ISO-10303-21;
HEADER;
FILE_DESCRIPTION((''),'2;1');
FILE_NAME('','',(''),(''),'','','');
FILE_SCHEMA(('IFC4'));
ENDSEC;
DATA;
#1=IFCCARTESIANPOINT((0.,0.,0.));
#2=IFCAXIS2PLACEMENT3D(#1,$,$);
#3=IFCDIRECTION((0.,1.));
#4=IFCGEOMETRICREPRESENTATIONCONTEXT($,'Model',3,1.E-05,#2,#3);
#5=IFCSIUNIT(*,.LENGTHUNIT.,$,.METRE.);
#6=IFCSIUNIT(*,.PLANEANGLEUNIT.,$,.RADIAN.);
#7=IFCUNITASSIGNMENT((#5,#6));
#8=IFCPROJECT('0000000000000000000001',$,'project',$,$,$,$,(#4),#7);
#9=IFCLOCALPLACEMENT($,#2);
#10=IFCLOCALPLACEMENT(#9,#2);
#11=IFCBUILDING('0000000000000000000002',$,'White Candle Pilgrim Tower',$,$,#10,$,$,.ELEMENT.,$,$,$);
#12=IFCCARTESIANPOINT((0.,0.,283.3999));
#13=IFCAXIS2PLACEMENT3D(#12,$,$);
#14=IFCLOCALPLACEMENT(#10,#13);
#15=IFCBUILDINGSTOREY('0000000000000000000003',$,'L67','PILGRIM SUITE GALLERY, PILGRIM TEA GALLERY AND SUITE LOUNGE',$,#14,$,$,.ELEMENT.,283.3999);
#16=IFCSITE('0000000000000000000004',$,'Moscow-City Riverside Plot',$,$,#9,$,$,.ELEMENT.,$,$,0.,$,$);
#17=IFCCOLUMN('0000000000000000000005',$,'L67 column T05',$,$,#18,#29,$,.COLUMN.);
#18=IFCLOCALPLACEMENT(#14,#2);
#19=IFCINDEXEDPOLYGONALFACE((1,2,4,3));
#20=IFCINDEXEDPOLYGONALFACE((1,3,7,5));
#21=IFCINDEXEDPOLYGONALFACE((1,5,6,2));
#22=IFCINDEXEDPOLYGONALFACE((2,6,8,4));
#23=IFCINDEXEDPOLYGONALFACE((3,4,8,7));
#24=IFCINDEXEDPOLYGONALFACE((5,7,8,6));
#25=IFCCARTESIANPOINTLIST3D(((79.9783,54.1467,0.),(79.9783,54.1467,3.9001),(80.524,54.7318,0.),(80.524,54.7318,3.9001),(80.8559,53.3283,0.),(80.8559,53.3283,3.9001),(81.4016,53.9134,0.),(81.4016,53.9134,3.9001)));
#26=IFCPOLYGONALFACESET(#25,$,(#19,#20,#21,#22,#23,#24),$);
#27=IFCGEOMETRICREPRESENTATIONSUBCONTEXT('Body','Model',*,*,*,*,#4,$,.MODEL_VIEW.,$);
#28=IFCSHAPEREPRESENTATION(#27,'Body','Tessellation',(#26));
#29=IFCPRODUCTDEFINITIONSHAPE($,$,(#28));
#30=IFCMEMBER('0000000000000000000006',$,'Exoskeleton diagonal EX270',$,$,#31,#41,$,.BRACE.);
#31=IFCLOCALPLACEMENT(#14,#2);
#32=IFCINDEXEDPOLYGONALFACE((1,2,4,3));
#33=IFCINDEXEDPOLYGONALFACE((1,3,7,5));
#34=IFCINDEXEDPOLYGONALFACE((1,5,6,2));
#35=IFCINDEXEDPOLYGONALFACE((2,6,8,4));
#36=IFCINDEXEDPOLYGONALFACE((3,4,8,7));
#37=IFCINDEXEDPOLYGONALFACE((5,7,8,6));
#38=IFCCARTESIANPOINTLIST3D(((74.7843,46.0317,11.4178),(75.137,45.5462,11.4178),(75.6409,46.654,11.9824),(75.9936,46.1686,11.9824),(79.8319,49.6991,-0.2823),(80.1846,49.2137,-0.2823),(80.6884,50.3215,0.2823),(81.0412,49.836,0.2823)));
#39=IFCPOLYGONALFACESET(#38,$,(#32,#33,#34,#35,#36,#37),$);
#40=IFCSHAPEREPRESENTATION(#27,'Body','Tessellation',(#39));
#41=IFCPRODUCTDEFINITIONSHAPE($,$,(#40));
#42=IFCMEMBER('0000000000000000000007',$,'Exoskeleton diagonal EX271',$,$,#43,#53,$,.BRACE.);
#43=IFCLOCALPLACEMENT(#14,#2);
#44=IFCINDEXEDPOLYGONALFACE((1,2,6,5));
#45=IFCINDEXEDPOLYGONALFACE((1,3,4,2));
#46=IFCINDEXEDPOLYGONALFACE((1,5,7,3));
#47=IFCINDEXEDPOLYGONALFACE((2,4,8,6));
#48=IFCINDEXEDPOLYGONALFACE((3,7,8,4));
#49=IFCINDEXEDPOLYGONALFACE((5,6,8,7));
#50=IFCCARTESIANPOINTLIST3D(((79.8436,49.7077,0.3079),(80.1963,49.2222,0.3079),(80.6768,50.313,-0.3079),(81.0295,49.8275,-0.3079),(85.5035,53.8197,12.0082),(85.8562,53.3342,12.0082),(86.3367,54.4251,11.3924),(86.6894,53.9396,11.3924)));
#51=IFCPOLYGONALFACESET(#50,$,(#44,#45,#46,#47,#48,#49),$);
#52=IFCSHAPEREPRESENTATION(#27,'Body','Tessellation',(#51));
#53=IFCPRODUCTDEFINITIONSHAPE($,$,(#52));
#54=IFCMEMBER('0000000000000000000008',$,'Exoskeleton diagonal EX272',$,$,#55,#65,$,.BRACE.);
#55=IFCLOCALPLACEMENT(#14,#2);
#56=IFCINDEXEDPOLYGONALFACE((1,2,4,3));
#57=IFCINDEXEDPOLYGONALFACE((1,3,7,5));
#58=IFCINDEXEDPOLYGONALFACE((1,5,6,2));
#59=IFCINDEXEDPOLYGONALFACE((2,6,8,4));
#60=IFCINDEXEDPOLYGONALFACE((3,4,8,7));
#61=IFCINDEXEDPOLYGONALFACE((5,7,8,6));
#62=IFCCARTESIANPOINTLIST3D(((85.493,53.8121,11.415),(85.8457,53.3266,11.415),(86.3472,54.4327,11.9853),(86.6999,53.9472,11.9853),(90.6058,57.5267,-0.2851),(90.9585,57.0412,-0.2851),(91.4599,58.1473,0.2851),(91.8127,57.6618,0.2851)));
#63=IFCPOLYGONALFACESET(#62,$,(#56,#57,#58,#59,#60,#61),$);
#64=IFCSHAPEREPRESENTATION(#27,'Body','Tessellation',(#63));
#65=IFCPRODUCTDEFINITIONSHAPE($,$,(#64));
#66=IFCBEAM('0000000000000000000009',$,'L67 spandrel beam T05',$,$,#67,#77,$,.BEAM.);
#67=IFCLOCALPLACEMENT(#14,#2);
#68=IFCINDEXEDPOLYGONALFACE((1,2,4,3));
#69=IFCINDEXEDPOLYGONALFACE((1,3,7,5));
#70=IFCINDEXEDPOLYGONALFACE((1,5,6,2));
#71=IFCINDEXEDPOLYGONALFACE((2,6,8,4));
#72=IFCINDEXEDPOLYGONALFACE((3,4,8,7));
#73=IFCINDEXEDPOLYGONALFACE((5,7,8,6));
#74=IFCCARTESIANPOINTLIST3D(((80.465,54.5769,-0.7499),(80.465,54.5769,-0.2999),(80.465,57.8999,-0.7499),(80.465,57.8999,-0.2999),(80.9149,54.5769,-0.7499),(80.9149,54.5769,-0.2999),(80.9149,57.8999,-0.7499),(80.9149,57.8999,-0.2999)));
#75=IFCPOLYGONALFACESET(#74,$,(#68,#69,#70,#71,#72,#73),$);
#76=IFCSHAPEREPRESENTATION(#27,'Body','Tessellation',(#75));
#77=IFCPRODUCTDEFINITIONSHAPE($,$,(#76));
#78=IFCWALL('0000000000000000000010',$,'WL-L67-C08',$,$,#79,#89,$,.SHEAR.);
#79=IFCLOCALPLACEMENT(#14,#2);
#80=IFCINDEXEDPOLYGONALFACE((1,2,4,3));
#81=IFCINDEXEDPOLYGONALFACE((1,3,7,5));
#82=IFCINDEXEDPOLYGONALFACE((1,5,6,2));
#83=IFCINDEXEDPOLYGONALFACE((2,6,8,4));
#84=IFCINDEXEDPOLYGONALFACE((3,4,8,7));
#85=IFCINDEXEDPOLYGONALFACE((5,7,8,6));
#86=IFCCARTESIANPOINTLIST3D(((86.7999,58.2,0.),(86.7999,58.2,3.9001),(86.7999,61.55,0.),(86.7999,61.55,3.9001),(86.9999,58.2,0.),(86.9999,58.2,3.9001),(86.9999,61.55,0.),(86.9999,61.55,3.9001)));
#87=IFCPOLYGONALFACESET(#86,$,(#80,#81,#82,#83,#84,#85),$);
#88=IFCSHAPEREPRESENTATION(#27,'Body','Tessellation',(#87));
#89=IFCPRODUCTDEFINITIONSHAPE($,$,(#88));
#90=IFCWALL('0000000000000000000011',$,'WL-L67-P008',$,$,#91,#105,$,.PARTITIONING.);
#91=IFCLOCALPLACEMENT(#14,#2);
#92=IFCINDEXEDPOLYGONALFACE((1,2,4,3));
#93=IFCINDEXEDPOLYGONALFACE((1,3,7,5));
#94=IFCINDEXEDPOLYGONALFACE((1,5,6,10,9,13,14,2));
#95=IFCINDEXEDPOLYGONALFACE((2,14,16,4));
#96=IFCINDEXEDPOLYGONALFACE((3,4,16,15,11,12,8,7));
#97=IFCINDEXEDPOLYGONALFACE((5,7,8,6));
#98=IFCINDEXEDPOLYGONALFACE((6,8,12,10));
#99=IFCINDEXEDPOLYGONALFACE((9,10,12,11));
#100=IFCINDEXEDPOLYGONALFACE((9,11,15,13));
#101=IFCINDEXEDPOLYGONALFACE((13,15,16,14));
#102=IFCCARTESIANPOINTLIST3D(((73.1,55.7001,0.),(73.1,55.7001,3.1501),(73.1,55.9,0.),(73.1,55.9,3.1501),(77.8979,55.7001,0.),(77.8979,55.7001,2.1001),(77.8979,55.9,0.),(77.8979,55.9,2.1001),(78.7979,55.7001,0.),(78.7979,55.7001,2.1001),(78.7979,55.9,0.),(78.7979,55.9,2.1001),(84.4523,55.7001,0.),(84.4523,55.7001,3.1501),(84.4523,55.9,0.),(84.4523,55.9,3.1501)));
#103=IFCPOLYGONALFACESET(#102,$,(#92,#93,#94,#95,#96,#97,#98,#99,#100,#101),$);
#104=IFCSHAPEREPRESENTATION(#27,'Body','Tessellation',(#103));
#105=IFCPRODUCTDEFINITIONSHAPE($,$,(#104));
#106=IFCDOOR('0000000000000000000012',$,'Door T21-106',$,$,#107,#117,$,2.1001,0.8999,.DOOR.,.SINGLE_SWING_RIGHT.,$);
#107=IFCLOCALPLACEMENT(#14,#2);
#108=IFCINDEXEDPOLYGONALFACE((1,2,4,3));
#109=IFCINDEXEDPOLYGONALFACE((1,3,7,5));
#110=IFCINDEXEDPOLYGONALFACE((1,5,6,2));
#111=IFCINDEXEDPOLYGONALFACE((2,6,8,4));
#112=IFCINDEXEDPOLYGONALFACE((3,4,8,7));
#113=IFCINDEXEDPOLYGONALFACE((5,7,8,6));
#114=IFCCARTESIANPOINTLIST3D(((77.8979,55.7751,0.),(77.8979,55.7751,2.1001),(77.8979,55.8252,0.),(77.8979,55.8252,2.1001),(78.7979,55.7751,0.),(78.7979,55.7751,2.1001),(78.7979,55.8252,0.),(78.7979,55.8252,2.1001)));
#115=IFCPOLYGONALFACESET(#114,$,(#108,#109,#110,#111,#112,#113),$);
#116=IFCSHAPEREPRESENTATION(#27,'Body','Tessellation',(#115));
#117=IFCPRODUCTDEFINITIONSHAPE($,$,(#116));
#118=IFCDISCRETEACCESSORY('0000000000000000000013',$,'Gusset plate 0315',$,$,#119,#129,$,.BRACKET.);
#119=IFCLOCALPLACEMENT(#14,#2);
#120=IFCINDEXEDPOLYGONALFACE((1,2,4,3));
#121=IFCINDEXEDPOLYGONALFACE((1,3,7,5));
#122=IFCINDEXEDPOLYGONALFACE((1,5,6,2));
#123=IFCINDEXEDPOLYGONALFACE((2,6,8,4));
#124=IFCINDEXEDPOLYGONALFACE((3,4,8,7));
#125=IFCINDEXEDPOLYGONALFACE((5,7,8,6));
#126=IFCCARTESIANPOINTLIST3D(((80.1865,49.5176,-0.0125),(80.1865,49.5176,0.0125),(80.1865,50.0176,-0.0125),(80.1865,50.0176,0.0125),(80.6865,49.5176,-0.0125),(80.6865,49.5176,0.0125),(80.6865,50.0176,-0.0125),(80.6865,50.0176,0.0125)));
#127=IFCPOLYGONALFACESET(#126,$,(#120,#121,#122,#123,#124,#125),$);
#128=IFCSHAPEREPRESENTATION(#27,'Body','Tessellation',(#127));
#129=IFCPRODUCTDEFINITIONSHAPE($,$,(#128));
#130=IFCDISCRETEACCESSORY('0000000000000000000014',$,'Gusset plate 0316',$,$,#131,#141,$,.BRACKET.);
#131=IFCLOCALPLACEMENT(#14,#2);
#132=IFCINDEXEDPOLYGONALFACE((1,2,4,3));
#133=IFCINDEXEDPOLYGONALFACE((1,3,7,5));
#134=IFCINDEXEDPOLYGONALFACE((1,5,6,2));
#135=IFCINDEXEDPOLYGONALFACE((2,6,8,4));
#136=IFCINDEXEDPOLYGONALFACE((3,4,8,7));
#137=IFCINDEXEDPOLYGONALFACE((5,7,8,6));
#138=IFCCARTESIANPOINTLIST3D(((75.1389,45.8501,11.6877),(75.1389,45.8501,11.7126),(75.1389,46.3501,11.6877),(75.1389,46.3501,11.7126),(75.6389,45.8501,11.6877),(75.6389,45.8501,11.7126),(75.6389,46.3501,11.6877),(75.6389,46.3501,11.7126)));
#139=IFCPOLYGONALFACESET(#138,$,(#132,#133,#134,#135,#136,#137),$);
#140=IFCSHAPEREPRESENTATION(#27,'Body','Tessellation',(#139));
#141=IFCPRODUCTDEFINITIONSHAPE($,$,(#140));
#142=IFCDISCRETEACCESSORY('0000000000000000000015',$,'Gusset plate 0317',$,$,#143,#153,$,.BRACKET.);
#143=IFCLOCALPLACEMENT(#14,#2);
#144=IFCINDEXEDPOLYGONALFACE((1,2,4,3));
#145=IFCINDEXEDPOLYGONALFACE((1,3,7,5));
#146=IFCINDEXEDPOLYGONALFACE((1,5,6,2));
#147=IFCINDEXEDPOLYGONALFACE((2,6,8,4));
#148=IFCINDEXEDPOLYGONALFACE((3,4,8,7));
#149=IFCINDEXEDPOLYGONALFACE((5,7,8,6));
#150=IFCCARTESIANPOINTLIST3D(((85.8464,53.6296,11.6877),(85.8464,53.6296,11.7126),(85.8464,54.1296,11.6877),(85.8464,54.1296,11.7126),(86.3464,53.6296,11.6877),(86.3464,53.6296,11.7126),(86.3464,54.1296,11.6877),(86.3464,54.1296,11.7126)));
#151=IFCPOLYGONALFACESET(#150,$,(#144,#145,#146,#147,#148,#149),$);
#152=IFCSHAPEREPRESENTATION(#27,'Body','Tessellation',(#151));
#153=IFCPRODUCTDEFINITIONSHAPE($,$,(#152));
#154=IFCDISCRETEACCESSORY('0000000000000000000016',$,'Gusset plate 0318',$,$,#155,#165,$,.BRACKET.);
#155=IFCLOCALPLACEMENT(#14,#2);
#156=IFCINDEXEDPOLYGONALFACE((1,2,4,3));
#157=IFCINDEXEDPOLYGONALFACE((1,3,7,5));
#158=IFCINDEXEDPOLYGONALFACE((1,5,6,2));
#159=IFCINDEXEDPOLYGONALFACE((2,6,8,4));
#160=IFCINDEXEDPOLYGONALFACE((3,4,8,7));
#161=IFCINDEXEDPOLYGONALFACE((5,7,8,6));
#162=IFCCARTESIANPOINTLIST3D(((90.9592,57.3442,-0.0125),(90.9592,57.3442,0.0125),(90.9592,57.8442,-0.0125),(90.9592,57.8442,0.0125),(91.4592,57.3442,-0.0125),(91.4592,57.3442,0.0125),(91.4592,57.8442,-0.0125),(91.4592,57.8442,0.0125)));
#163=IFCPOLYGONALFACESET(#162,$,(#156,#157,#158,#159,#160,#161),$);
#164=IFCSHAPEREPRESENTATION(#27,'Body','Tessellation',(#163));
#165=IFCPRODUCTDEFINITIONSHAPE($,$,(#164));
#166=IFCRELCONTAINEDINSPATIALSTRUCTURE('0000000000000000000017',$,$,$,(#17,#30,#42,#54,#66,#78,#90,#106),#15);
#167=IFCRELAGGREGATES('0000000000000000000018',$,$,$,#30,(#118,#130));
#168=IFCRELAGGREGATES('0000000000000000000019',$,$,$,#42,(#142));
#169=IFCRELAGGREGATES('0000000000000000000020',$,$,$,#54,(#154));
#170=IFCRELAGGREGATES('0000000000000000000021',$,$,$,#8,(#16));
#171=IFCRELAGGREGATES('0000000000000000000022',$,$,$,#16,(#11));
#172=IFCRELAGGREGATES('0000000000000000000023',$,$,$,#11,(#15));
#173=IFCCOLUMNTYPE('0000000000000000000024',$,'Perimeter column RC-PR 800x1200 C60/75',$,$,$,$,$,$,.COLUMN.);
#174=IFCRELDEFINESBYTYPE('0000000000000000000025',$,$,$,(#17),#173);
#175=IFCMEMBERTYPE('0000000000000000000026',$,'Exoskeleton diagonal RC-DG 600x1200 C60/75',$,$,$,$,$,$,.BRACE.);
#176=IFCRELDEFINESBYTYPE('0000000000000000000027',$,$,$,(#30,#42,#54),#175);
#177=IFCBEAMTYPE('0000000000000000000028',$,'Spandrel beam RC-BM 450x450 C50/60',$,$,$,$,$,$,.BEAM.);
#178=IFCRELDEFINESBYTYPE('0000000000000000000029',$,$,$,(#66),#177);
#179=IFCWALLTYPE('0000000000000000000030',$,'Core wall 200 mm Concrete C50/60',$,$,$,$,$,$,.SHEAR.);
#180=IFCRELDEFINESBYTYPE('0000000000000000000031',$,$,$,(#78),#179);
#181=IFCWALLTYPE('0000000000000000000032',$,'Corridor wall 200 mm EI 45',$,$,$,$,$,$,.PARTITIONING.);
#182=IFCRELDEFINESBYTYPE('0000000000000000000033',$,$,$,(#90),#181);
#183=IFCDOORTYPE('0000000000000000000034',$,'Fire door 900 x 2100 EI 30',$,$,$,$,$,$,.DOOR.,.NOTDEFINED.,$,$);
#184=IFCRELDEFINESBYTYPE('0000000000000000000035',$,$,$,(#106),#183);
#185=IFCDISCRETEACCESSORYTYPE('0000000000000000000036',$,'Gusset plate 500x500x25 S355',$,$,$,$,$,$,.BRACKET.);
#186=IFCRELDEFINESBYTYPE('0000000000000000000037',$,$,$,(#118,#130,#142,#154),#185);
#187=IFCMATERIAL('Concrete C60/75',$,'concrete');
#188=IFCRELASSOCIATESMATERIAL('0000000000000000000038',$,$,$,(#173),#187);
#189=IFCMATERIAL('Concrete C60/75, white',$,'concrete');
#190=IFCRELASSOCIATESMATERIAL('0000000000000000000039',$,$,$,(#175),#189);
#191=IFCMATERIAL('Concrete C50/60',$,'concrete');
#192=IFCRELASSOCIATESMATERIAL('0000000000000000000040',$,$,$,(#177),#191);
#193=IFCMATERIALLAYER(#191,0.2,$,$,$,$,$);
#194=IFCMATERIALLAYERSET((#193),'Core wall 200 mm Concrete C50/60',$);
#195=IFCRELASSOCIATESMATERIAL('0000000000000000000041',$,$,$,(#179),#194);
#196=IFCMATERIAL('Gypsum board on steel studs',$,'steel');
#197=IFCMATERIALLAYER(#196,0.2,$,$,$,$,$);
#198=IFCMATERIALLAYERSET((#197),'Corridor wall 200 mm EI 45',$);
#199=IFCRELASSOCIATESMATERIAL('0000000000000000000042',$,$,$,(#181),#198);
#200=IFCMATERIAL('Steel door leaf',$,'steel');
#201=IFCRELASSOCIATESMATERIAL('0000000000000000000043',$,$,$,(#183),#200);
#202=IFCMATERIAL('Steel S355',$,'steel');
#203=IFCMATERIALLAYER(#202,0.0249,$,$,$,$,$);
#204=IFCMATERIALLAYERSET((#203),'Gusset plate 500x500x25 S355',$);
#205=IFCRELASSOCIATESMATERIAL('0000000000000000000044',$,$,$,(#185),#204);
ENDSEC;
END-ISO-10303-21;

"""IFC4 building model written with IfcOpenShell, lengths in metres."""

from ifc_helpers import new_model, si_unit, direction, frame, frame_2d, origin, origin_2d, place, context, subcontext, project, spatial, rectangle, extrude, material, layer, layer_set, material_profile, profile_set, type_object, element, fill, aggregate, save


model = new_model("IFC4")

# Units and contexts
model_context = context("Model", 3, precision=1e-05, world=origin(), true_north=direction((0.0, 1.0)))
body_context = subcontext(model_context, "Body", "Model", "MODEL_VIEW")
ifc_project = project(units=[si_unit("LENGTHUNIT", "METRE"), si_unit("PLANEANGLEUNIT", "RADIAN")], contexts=[model_context])

# Site, building, storey
site_placement = place(None, origin())
site = spatial("IfcSite", under=ifc_project, at=site_placement, Name="Moscow-City Riverside Plot", CompositionType="ELEMENT", RefElevation=0.0)
building_placement = place(site_placement, origin())
building = spatial("IfcBuilding", under=site, at=building_placement, Name="White Candle Pilgrim Tower", CompositionType="ELEMENT")
storey_placement = place(building_placement, frame((0.0, 0.0, 283.3999)))
storey = spatial("IfcBuildingStorey", under=building, at=storey_placement, Name="L67", Description="PILGRIM SUITE GALLERY, PILGRIM TEA GALLERY AND SUITE LOUNGE", CompositionType="ELEMENT", Elevation=283.3999)

# Column
ifc_material_1 = material(Name="Concrete C60/75", Category="concrete")
ifc_material_profile_1 = material_profile(ifc_material_1, rectangle(XDim=0.8, YDim=1.2, at=origin_2d()), Name="RC-PR 800x1200")
ifc_profile_set_1 = profile_set([ifc_material_profile_1], Name="Concrete C60/75")
column_type = type_object("IfcColumnType", Name="Perimeter column RC-PR 800x1200 C60/75", PredefinedType="COLUMN", material=ifc_profile_set_1)
column_placement = place(storey_placement, frame((80.6899, 54.03, 0.0), z_axis=(0.0, 0.0, 1.0), x_axis=(-0.681998, -0.731354, 0.0)))
element("IfcColumn", 1, at=column_placement, inside=storey, type_object=column_type, Name="L67 column T05", PredefinedType="COLUMN", context=body_context, shape_type="SweptSolid", body=[
    extrude(rectangle(XDim=0.8, YDim=1.2, at=origin_2d()), origin(), (0.0, 0.0, 1.0), 3.9001),
])

# Members
ifc_material_2 = material(Name="Concrete C60/75, white", Category="concrete")
ifc_material_profile_2 = material_profile(ifc_material_2, rectangle(XDim=0.6001, YDim=1.2, at=origin_2d()), Name="RC-DG 600x1200")
ifc_profile_set_2 = profile_set([ifc_material_profile_2], Name="Concrete C60/75, white")
member_type = type_object("IfcMemberType", Name="Exoskeleton diagonal RC-DG 600x1200 C60/75", PredefinedType="BRACE", material=ifc_profile_set_2)
member_1_placement = place(storey_placement, frame((80.4365, 49.7676, 0.0), z_axis=(-0.380669, -0.276586, 0.882378), x_axis=(0.587804, -0.809003, 0.0)))
member_1 = element("IfcMember", 2, at=member_1_placement, inside=storey, type_object=member_type, Name="Exoskeleton diagonal EX270", PredefinedType="BRACE", context=body_context, shape_type="SweptSolid", body=[
    extrude(rectangle(XDim=0.6001, YDim=1.2, at=origin_2d()), origin(), (0.0, 0.0, 1.0), 13.2598),
])
member_2_placement = place(storey_placement, frame((80.4365, 49.7676, 0.0), z_axis=(0.415185, 0.301642, 0.858273), x_axis=(-0.587775, 0.809024, 0.0)))
member_2 = element("IfcMember", 3, at=member_2_placement, inside=storey, type_object=member_type, Name="Exoskeleton diagonal EX271", PredefinedType="BRACE", context=body_context, shape_type="SweptSolid", body=[
    extrude(rectangle(XDim=0.6001, YDim=1.2, at=origin_2d()), origin(), (0.0, 0.0, 1.0), 13.6323),
])
member_3_placement = place(storey_placement, frame((91.2092, 57.5942, 0.0), z_axis=(-0.384482, -0.279338, 0.879855), x_axis=(0.587779, -0.809022, 0.0)))
member_3 = element("IfcMember", 4, at=member_3_placement, inside=storey, type_object=member_type, Name="Exoskeleton diagonal EX272", PredefinedType="BRACE", context=body_context, shape_type="SweptSolid", body=[
    extrude(rectangle(XDim=0.6001, YDim=1.2, at=origin_2d()), origin(), (0.0, 0.0, 1.0), 13.2979),
])

# Beam
ifc_material_3 = material(Name="Concrete C50/60", Category="concrete")
ifc_material_profile_3 = material_profile(ifc_material_3, rectangle(XDim=0.45, YDim=0.45, at=origin_2d()), Name="RC-BM 450x450")
ifc_profile_set_3 = profile_set([ifc_material_profile_3], Name="Concrete C50/60")
beam_type = type_object("IfcBeamType", Name="Spandrel beam RC-BM 450x450 C50/60", PredefinedType="BEAM", material=ifc_profile_set_3)
beam_placement = place(storey_placement, frame((80.6899, 54.5769, -0.5249), z_axis=(0.0, 1.0, 0.0), x_axis=(-1.0, 0.0, 0.0)))
element("IfcBeam", 5, at=beam_placement, inside=storey, type_object=beam_type, Name="L67 spandrel beam T05", PredefinedType="BEAM", context=body_context, shape_type="SweptSolid", body=[
    extrude(rectangle(XDim=0.45, YDim=0.45, at=origin_2d()), origin(), (0.0, 0.0, 1.0), 3.323),
])

# Wall
ifc_layer_1 = layer(ifc_material_3, 0.2)
ifc_layer_set_1 = layer_set([ifc_layer_1], Name="Core wall 200 mm Concrete C50/60")
wall_type_1 = type_object("IfcWallType", Name="Core wall 200 mm Concrete C50/60", PredefinedType="SHEAR", material=ifc_layer_set_1)
wall_1_placement = place(storey_placement, frame((86.8999, 58.2, 0.0), z_axis=(0.0, 0.0, 1.0), x_axis=(0.0, 1.0, 0.0)))
element("IfcWall", 6, at=wall_1_placement, inside=storey, type_object=wall_type_1, Name="WL-L67-C08", PredefinedType="SHEAR", context=body_context, shape_type="SweptSolid", body=[
    extrude(rectangle(XDim=3.3501, YDim=0.2, at=frame_2d((1.675, 0.0))), origin(), (0.0, 0.0, 1.0), 3.9001),
])

# Wall, opening, door
ifc_material_4 = material(Name="Gypsum board on steel studs", Category="steel")
ifc_layer_2 = layer(ifc_material_4, 0.2)
ifc_layer_set_2 = layer_set([ifc_layer_2], Name="Corridor wall 200 mm EI 45")
wall_type_2 = type_object("IfcWallType", Name="Corridor wall 200 mm EI 45", PredefinedType="PARTITIONING", material=ifc_layer_set_2)
wall_2_placement = place(storey_placement, frame((84.4524, 55.8, 0.0), z_axis=(0.0, 0.0, 1.0), x_axis=(-1.0, 0.0, 0.0)))
wall_2 = element("IfcWall", 7, at=wall_2_placement, inside=storey, type_object=wall_type_2, Name="WL-L67-P008", PredefinedType="PARTITIONING", context=body_context, shape_type="SweptSolid", body=[
    extrude(rectangle(XDim=11.3523, YDim=0.2, at=frame_2d((5.6763, 0.0))), origin(), (0.0, 0.0, 1.0), 3.1501),
])
opening_1_placement = place(wall_2_placement, frame((5.6545, 0.0, 0.0)))
opening_1 = element("IfcOpeningElement", 8, at=opening_1_placement, cuts=wall_2, PredefinedType="OPENING", context=body_context, shape_type="SweptSolid", body=[
    extrude(rectangle(XDim=0.8999, YDim=2.1001, at=frame_2d((0.45, 1.05))), frame((0.0, 0.1099, 0.0), z_axis=(0.0, -1.0, 0.0), x_axis=(1.0, 0.0, 0.0)), (0.0, 0.0, 1.0), 0.22),
])
ifc_material_5 = material(Name="Steel door leaf", Category="steel")
door_type_1 = type_object("IfcDoorType", Name="Fire door 900 x 2100 EI 30", OperationType="NOTDEFINED", PredefinedType="DOOR", material=ifc_material_5)
door_1_placement = place(opening_1_placement, origin())
door_1 = element("IfcDoor", 9, at=door_1_placement, inside=storey, type_object=door_type_1, Name="Door T21-106", OperationType="SINGLE_SWING_RIGHT", OverallHeight=2.1001, OverallWidth=0.8999, PredefinedType="DOOR", context=body_context, shape_type="SweptSolid", body=[
    extrude(rectangle(XDim=0.8999, YDim=2.1001, at=frame_2d((0.45, 1.05))), frame((0.0, 0.0249, 0.0), z_axis=(0.0, -1.0, 0.0), x_axis=(1.0, 0.0, 0.0)), (0.0, 0.0, 1.0), 0.05),
])
fill(opening_1, door_1)

# Discrete accessories
ifc_material_6 = material(Name="Steel S355", Category="steel")
ifc_layer_3 = layer(ifc_material_6, 0.0249)
ifc_layer_set_3 = layer_set([ifc_layer_3], Name="Gusset plate 500x500x25 S355")
discrete_accessory_type = type_object("IfcDiscreteAccessoryType", Name="Gusset plate 500x500x25 S355", PredefinedType="BRACKET", material=ifc_layer_set_3)
discrete_accessory_1_placement = place(storey_placement, frame((80.4365, 49.7676, -0.0125), z_axis=(0.0, 0.0, 1.0), x_axis=(1.0, 0.0, 0.0)))
discrete_accessory_1 = element("IfcDiscreteAccessory", 10, at=discrete_accessory_1_placement, type_object=discrete_accessory_type, Name="Gusset plate 0315", PredefinedType="BRACKET", context=body_context, shape_type="SweptSolid", body=[
    extrude(rectangle(XDim=0.5, YDim=0.5, at=origin_2d()), origin(), (0.0, 0.0, 1.0), 0.0249),
])
placement = place(building_placement, frame((0.0, 0.0, 295.1001)))
discrete_accessory_2_placement = place(placement, frame((75.3889, 46.1001, -0.0125), z_axis=(0.0, 0.0, 1.0), x_axis=(1.0, 0.0, 0.0)))
discrete_accessory_2 = element("IfcDiscreteAccessory", 11, at=discrete_accessory_2_placement, type_object=discrete_accessory_type, Name="Gusset plate 0316", PredefinedType="BRACKET", context=body_context, shape_type="SweptSolid", body=[
    extrude(rectangle(XDim=0.5, YDim=0.5, at=origin_2d()), origin(), (0.0, 0.0, 1.0), 0.0249),
])
aggregate(member_1, [discrete_accessory_1, discrete_accessory_2])
discrete_accessory_3_placement = place(placement, frame((86.0964, 53.8796, -0.0125), z_axis=(0.0, 0.0, 1.0), x_axis=(1.0, 0.0, 0.0)))
discrete_accessory_3 = element("IfcDiscreteAccessory", 12, at=discrete_accessory_3_placement, type_object=discrete_accessory_type, Name="Gusset plate 0317", PredefinedType="BRACKET", context=body_context, shape_type="SweptSolid", body=[
    extrude(rectangle(XDim=0.5, YDim=0.5, at=origin_2d()), origin(), (0.0, 0.0, 1.0), 0.0249),
])
aggregate(member_2, [discrete_accessory_3])
discrete_accessory_4_placement = place(storey_placement, frame((91.2092, 57.5942, -0.0125), z_axis=(0.0, 0.0, 1.0), x_axis=(1.0, 0.0, 0.0)))
discrete_accessory_4 = element("IfcDiscreteAccessory", 13, at=discrete_accessory_4_placement, type_object=discrete_accessory_type, Name="Gusset plate 0318", PredefinedType="BRACKET", context=body_context, shape_type="SweptSolid", body=[
    extrude(rectangle(XDim=0.5, YDim=0.5, at=origin_2d()), origin(), (0.0, 0.0, 1.0), 0.0249),
])
aggregate(member_3, [discrete_accessory_4])

save(model, "model.ifc")
